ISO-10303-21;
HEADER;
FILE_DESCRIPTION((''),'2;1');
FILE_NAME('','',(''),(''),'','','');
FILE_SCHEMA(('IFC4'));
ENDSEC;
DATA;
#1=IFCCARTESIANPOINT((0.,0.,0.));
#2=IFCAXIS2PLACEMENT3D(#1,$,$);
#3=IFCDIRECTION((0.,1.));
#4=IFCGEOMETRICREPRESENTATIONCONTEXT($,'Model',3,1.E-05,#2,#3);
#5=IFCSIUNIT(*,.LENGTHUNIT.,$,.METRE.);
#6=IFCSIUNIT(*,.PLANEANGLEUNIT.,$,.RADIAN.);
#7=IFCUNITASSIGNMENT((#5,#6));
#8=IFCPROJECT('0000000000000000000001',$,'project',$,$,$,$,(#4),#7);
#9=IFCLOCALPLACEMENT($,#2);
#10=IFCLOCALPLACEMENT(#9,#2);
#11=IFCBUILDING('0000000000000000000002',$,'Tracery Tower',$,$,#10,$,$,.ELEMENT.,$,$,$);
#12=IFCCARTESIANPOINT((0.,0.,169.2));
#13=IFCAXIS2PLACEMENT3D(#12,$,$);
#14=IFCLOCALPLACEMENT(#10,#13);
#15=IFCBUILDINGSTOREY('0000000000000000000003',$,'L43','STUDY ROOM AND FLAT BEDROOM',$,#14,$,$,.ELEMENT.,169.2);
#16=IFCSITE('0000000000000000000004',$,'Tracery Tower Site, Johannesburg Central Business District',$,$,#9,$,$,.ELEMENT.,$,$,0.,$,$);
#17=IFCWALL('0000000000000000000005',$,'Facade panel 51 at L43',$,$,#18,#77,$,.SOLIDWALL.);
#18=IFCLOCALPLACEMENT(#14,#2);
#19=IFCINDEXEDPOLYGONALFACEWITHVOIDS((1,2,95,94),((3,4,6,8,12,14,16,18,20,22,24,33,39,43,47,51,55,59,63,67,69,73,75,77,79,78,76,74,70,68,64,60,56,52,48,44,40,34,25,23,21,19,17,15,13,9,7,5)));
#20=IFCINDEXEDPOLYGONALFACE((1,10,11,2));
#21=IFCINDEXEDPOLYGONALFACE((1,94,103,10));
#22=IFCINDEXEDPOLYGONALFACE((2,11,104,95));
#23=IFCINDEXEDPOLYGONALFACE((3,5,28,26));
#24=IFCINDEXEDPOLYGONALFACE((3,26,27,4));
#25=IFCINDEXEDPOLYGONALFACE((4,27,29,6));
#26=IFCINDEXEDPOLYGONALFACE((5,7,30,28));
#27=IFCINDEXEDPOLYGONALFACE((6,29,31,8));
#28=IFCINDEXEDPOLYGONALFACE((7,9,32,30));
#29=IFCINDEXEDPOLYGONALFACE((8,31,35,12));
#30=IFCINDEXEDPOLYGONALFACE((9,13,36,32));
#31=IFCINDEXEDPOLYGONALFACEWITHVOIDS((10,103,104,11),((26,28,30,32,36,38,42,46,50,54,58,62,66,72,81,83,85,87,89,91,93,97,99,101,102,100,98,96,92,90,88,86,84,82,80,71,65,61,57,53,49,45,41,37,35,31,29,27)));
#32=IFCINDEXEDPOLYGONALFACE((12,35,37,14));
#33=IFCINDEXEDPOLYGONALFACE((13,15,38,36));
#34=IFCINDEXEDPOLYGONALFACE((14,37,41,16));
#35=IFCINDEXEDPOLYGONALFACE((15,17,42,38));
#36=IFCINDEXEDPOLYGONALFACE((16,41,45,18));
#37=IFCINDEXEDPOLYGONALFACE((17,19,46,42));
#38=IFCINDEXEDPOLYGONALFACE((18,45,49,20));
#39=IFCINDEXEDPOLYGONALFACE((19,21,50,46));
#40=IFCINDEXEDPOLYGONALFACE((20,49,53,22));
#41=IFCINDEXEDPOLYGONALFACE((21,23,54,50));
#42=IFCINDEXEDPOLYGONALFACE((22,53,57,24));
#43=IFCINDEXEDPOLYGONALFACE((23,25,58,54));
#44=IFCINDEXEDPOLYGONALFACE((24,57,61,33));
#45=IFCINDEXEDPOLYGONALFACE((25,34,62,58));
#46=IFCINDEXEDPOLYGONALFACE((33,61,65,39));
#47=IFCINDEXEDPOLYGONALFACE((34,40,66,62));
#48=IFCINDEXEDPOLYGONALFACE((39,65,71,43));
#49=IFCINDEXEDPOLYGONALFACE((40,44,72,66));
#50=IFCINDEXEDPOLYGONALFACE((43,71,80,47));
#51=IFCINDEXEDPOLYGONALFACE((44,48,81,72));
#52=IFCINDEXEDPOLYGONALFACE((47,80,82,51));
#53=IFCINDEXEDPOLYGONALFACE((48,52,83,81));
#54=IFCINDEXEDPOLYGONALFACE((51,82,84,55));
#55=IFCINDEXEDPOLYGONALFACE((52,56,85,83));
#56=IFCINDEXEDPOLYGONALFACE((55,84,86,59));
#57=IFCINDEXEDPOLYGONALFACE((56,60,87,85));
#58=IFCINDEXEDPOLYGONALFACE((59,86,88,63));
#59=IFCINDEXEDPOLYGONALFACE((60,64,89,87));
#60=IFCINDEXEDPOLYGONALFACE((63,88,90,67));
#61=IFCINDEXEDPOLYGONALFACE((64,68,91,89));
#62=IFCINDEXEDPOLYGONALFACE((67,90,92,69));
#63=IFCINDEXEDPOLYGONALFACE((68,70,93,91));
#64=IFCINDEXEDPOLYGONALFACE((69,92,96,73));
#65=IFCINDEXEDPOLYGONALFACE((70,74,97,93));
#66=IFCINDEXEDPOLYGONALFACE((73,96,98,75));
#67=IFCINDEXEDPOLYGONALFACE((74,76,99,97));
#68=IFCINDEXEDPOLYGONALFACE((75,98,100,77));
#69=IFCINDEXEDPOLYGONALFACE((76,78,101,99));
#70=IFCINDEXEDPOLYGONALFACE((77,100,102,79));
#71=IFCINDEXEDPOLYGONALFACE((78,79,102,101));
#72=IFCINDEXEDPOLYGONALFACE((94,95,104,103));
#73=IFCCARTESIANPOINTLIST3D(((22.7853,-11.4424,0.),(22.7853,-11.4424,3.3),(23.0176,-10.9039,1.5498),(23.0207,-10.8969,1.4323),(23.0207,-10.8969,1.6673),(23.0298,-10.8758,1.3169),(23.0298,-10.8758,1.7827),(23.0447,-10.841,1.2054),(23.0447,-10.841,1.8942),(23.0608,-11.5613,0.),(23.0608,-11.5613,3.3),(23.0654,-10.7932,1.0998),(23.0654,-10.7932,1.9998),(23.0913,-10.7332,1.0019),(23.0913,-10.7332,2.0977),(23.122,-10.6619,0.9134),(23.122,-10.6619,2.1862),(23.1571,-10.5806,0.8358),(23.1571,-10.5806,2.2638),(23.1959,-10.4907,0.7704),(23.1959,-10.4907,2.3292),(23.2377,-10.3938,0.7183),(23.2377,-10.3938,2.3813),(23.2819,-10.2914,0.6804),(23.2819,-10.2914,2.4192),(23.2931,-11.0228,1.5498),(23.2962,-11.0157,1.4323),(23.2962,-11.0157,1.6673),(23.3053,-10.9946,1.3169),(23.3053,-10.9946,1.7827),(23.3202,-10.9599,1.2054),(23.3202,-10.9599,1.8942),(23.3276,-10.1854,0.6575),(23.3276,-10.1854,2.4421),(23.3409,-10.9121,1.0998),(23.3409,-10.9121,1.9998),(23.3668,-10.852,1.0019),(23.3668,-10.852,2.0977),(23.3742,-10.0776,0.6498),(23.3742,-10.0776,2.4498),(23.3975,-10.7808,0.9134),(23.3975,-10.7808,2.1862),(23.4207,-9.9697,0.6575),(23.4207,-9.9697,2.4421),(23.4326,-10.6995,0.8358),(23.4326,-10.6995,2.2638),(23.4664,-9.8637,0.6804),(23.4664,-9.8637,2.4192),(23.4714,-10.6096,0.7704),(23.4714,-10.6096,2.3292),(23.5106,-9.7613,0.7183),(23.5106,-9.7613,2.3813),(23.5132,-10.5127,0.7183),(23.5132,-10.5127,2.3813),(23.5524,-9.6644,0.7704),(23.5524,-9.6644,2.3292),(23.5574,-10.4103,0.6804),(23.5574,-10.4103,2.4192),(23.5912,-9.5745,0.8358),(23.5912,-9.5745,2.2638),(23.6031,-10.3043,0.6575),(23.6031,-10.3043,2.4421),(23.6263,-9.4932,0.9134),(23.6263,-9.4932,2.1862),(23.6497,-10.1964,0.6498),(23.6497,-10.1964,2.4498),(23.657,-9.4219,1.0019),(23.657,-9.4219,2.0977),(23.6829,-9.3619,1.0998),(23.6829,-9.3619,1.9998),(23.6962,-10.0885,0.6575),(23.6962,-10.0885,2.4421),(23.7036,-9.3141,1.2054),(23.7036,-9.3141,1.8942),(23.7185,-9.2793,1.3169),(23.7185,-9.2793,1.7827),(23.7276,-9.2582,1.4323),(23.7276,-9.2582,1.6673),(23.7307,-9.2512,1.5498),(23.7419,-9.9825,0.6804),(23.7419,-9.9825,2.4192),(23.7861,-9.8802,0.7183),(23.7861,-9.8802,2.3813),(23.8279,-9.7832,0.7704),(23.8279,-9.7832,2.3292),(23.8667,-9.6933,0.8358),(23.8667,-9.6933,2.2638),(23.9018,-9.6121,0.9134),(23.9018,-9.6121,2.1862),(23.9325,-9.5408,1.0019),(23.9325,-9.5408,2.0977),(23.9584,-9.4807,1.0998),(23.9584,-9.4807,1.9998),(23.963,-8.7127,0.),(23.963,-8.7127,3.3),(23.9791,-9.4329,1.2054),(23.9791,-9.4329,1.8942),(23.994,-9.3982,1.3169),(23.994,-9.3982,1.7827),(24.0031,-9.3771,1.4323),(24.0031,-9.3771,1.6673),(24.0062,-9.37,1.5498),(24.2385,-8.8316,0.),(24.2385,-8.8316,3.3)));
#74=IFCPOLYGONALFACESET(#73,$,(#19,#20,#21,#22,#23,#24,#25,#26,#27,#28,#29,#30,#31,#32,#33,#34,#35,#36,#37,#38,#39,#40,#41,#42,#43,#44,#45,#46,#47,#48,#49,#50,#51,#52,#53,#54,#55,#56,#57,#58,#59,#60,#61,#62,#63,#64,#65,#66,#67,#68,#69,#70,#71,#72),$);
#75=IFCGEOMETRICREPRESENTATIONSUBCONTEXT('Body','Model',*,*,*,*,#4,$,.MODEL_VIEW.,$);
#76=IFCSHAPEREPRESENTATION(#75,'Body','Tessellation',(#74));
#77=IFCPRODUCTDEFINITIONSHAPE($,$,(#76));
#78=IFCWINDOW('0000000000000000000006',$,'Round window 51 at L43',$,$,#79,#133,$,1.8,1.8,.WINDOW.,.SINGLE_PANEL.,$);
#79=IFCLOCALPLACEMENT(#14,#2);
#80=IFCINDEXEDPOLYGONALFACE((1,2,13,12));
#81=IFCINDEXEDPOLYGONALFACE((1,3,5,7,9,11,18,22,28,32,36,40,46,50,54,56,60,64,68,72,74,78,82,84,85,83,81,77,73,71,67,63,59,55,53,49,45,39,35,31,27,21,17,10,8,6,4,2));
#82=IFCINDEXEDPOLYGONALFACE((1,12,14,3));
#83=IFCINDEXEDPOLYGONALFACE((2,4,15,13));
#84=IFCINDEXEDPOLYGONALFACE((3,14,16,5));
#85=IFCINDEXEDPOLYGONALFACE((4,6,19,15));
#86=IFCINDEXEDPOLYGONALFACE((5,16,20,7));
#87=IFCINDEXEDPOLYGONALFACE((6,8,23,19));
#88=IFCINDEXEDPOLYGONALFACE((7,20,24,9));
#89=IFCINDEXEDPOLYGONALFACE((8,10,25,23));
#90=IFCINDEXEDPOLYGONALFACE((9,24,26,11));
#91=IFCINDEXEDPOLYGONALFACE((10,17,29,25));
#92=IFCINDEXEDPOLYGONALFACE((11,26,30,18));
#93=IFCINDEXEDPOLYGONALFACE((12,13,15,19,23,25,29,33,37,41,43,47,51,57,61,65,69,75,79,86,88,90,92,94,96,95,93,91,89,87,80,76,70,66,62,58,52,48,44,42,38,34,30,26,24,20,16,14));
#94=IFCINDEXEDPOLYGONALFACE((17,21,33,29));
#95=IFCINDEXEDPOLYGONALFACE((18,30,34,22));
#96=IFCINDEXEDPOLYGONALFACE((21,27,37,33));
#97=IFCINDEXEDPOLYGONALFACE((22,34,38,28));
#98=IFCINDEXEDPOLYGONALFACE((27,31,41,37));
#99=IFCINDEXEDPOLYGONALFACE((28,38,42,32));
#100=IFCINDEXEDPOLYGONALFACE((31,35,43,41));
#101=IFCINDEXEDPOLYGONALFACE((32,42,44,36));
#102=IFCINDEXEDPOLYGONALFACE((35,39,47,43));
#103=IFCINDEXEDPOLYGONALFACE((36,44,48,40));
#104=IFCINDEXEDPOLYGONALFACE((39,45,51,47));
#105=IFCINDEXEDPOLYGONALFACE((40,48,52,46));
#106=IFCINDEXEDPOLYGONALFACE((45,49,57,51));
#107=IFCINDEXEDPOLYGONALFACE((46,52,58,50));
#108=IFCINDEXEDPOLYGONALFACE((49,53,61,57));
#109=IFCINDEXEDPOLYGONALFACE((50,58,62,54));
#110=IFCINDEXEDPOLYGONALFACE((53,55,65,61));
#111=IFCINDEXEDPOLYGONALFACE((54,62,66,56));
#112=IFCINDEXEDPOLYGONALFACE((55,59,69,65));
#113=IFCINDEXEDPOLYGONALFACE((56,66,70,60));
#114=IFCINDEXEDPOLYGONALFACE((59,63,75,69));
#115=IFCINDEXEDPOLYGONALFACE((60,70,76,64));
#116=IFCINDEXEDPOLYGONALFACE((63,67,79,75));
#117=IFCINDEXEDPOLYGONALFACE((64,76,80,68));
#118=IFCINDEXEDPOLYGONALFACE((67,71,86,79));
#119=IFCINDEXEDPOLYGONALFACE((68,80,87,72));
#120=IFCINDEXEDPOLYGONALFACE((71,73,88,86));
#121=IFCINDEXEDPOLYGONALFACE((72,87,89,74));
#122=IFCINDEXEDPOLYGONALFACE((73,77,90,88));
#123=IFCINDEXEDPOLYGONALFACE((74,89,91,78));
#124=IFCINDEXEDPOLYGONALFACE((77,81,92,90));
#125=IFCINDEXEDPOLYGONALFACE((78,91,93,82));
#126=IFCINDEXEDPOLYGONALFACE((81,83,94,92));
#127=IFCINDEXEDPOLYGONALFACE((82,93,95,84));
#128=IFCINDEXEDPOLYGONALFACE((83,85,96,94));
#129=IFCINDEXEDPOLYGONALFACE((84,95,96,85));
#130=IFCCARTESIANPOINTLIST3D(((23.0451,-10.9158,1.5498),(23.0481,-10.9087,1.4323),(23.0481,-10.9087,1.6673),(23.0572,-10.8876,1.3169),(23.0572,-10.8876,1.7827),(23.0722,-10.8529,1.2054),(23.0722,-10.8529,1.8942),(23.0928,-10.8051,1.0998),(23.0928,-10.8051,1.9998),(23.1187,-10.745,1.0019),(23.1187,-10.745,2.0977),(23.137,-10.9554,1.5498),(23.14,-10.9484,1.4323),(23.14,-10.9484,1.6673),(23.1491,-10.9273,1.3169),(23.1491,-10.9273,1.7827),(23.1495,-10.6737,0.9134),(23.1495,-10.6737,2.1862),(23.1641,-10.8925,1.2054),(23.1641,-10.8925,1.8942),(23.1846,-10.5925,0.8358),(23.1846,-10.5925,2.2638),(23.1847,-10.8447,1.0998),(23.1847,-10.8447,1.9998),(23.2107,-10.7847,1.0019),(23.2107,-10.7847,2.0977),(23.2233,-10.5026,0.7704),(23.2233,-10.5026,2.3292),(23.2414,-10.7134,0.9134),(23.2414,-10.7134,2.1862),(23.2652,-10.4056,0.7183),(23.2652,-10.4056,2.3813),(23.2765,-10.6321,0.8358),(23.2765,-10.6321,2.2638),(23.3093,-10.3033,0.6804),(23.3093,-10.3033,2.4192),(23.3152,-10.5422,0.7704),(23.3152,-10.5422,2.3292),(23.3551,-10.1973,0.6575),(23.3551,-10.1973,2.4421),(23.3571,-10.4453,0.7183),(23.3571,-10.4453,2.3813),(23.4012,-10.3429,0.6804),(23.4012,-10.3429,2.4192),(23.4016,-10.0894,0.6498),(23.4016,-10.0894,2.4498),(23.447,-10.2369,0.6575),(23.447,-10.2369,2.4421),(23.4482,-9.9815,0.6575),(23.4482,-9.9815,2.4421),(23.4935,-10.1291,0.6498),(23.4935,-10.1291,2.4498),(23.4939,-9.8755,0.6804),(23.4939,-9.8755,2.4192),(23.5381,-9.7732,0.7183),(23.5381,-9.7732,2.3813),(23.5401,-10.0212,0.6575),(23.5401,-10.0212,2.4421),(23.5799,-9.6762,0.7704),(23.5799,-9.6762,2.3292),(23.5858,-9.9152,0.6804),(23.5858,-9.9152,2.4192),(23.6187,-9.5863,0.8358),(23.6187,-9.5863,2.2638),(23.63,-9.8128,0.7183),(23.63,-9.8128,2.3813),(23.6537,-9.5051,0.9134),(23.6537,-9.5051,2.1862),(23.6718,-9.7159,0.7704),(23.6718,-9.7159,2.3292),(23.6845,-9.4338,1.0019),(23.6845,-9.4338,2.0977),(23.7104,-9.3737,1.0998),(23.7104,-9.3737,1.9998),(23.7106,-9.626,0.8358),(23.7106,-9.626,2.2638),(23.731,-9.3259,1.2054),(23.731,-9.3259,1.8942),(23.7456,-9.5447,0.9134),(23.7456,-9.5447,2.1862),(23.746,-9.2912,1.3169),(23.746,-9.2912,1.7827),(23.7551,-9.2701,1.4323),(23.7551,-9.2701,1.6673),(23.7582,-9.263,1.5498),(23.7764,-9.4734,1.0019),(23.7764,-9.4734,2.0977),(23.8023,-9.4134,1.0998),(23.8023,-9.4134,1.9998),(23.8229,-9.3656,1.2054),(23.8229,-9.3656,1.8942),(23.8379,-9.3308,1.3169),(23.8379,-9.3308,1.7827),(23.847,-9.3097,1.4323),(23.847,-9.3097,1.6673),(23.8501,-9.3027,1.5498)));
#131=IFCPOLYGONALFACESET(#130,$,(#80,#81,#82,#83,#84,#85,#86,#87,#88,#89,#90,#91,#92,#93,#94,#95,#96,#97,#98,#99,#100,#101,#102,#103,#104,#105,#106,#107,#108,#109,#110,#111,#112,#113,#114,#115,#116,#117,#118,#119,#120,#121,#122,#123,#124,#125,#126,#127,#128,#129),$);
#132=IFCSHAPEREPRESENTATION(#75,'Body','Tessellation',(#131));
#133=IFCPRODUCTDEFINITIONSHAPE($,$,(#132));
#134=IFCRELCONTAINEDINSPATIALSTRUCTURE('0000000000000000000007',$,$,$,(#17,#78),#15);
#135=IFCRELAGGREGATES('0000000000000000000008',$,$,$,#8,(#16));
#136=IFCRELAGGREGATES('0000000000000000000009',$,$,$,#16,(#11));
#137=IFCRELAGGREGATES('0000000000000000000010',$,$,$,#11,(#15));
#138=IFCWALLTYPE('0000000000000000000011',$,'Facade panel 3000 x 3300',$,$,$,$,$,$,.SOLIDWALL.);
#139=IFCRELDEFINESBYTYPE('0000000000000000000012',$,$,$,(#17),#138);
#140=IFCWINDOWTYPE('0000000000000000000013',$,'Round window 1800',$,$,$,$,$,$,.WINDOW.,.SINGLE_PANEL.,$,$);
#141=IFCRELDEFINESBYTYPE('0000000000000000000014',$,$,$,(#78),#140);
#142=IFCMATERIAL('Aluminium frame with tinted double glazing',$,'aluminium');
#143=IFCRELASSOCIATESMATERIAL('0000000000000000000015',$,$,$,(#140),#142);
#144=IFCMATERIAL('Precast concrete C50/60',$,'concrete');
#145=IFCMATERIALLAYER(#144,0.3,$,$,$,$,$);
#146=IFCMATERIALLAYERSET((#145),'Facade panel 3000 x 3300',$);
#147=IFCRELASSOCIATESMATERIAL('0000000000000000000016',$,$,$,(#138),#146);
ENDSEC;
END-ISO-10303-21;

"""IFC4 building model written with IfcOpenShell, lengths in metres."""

from ifc_helpers import new_model, si_unit, direction, frame, frame_2d, origin, origin_2d, place, context, subcontext, project, spatial, rectangle, circle, extrude, material, layer, layer_set, type_object, element, fill, save


model = new_model("IFC4")

# Units and contexts
model_context = context("Model", 3, precision=1e-05, world=origin(), true_north=direction((0.0, 1.0)))
body_context = subcontext(model_context, "Body", "Model", "MODEL_VIEW")
ifc_project = project(units=[si_unit("LENGTHUNIT", "METRE"), si_unit("PLANEANGLEUNIT", "RADIAN")], contexts=[model_context])

# Site, building, storey
site_placement = place(None, origin())
site = spatial("IfcSite", under=ifc_project, at=site_placement, Name="Tracery Tower Site, Johannesburg Central Business District", CompositionType="ELEMENT", RefElevation=0.0)
building_placement = place(site_placement, origin())
building = spatial("IfcBuilding", under=site, at=building_placement, Name="Tracery Tower", CompositionType="ELEMENT")
storey_placement = place(building_placement, frame((0.0, 0.0, 169.2)))
storey = spatial("IfcBuildingStorey", under=building, at=storey_placement, Name="L43", Description="STUDY ROOM AND FLAT BEDROOM", CompositionType="ELEMENT", Elevation=169.2)

# Wall, opening, window
ifc_material_1 = material(Name="Aluminium frame with tinted double glazing", Category="aluminium")
window_type = type_object("IfcWindowType", Name="Round window 1800", PartitioningType="SINGLE_PANEL", PredefinedType="WINDOW", material=ifc_material_1)
ifc_material_2 = material(Name="Precast concrete C50/60", Category="concrete")
ifc_layer_1 = layer(ifc_material_2, 0.3)
ifc_layer_set_1 = layer_set([ifc_layer_1], Name="Facade panel 3000 x 3300")
wall_type_1 = type_object("IfcWallType", Name="Facade panel 3000 x 3300", PredefinedType="SOLIDWALL", material=ifc_layer_set_1)
wall_1_placement = place(storey_placement, frame((22.9231, -11.5017, 0.0), z_axis=(0.0, 0.0, 1.0), x_axis=(0.396148, 0.918187, 0.0)))
wall_1 = element("IfcWall", 1, at=wall_1_placement, inside=storey, type_object=wall_type_1, Name="Facade panel 51 at L43", PredefinedType="SOLIDWALL", context=body_context, shape_type="SweptSolid", body=[
    extrude(rectangle(XDim=2.9729, YDim=0.3, at=frame_2d((1.4863, 0.0))), origin(), (0.0, 0.0, 1.0), 3.3),
])
opening_1_placement = place(wall_1_placement, frame((1.4863, 0.0, 1.5498)))
opening_1 = element("IfcOpeningElement", 2, at=opening_1_placement, cuts=wall_1, PredefinedType="OPENING", context=body_context, shape_type="SweptSolid", body=[
    extrude(circle(Radius=0.9, at=origin_2d()), frame((0.0, 0.1599, 0.0), z_axis=(0.0, -1.0, 0.0), x_axis=(1.0, 0.0, 0.0)), (0.0, 0.0, 1.0), 0.3201),
])
window_1_placement = place(opening_1_placement, origin())
window_1 = element("IfcWindow", 3, at=window_1_placement, inside=storey, type_object=window_type, Name="Round window 51 at L43", OverallHeight=1.8, OverallWidth=1.8, PartitioningType="SINGLE_PANEL", PredefinedType="WINDOW", context=body_context, shape_type="SweptSolid", body=[
    extrude(circle(Radius=0.9, at=origin_2d()), frame((0.0, 0.1201, 0.0), z_axis=(0.0, -1.0, 0.0), x_axis=(1.0, 0.0, 0.0)), (0.0, 0.0, 1.0), 0.1001),
])
fill(opening_1, window_1)

save(model, "model.ifc")
